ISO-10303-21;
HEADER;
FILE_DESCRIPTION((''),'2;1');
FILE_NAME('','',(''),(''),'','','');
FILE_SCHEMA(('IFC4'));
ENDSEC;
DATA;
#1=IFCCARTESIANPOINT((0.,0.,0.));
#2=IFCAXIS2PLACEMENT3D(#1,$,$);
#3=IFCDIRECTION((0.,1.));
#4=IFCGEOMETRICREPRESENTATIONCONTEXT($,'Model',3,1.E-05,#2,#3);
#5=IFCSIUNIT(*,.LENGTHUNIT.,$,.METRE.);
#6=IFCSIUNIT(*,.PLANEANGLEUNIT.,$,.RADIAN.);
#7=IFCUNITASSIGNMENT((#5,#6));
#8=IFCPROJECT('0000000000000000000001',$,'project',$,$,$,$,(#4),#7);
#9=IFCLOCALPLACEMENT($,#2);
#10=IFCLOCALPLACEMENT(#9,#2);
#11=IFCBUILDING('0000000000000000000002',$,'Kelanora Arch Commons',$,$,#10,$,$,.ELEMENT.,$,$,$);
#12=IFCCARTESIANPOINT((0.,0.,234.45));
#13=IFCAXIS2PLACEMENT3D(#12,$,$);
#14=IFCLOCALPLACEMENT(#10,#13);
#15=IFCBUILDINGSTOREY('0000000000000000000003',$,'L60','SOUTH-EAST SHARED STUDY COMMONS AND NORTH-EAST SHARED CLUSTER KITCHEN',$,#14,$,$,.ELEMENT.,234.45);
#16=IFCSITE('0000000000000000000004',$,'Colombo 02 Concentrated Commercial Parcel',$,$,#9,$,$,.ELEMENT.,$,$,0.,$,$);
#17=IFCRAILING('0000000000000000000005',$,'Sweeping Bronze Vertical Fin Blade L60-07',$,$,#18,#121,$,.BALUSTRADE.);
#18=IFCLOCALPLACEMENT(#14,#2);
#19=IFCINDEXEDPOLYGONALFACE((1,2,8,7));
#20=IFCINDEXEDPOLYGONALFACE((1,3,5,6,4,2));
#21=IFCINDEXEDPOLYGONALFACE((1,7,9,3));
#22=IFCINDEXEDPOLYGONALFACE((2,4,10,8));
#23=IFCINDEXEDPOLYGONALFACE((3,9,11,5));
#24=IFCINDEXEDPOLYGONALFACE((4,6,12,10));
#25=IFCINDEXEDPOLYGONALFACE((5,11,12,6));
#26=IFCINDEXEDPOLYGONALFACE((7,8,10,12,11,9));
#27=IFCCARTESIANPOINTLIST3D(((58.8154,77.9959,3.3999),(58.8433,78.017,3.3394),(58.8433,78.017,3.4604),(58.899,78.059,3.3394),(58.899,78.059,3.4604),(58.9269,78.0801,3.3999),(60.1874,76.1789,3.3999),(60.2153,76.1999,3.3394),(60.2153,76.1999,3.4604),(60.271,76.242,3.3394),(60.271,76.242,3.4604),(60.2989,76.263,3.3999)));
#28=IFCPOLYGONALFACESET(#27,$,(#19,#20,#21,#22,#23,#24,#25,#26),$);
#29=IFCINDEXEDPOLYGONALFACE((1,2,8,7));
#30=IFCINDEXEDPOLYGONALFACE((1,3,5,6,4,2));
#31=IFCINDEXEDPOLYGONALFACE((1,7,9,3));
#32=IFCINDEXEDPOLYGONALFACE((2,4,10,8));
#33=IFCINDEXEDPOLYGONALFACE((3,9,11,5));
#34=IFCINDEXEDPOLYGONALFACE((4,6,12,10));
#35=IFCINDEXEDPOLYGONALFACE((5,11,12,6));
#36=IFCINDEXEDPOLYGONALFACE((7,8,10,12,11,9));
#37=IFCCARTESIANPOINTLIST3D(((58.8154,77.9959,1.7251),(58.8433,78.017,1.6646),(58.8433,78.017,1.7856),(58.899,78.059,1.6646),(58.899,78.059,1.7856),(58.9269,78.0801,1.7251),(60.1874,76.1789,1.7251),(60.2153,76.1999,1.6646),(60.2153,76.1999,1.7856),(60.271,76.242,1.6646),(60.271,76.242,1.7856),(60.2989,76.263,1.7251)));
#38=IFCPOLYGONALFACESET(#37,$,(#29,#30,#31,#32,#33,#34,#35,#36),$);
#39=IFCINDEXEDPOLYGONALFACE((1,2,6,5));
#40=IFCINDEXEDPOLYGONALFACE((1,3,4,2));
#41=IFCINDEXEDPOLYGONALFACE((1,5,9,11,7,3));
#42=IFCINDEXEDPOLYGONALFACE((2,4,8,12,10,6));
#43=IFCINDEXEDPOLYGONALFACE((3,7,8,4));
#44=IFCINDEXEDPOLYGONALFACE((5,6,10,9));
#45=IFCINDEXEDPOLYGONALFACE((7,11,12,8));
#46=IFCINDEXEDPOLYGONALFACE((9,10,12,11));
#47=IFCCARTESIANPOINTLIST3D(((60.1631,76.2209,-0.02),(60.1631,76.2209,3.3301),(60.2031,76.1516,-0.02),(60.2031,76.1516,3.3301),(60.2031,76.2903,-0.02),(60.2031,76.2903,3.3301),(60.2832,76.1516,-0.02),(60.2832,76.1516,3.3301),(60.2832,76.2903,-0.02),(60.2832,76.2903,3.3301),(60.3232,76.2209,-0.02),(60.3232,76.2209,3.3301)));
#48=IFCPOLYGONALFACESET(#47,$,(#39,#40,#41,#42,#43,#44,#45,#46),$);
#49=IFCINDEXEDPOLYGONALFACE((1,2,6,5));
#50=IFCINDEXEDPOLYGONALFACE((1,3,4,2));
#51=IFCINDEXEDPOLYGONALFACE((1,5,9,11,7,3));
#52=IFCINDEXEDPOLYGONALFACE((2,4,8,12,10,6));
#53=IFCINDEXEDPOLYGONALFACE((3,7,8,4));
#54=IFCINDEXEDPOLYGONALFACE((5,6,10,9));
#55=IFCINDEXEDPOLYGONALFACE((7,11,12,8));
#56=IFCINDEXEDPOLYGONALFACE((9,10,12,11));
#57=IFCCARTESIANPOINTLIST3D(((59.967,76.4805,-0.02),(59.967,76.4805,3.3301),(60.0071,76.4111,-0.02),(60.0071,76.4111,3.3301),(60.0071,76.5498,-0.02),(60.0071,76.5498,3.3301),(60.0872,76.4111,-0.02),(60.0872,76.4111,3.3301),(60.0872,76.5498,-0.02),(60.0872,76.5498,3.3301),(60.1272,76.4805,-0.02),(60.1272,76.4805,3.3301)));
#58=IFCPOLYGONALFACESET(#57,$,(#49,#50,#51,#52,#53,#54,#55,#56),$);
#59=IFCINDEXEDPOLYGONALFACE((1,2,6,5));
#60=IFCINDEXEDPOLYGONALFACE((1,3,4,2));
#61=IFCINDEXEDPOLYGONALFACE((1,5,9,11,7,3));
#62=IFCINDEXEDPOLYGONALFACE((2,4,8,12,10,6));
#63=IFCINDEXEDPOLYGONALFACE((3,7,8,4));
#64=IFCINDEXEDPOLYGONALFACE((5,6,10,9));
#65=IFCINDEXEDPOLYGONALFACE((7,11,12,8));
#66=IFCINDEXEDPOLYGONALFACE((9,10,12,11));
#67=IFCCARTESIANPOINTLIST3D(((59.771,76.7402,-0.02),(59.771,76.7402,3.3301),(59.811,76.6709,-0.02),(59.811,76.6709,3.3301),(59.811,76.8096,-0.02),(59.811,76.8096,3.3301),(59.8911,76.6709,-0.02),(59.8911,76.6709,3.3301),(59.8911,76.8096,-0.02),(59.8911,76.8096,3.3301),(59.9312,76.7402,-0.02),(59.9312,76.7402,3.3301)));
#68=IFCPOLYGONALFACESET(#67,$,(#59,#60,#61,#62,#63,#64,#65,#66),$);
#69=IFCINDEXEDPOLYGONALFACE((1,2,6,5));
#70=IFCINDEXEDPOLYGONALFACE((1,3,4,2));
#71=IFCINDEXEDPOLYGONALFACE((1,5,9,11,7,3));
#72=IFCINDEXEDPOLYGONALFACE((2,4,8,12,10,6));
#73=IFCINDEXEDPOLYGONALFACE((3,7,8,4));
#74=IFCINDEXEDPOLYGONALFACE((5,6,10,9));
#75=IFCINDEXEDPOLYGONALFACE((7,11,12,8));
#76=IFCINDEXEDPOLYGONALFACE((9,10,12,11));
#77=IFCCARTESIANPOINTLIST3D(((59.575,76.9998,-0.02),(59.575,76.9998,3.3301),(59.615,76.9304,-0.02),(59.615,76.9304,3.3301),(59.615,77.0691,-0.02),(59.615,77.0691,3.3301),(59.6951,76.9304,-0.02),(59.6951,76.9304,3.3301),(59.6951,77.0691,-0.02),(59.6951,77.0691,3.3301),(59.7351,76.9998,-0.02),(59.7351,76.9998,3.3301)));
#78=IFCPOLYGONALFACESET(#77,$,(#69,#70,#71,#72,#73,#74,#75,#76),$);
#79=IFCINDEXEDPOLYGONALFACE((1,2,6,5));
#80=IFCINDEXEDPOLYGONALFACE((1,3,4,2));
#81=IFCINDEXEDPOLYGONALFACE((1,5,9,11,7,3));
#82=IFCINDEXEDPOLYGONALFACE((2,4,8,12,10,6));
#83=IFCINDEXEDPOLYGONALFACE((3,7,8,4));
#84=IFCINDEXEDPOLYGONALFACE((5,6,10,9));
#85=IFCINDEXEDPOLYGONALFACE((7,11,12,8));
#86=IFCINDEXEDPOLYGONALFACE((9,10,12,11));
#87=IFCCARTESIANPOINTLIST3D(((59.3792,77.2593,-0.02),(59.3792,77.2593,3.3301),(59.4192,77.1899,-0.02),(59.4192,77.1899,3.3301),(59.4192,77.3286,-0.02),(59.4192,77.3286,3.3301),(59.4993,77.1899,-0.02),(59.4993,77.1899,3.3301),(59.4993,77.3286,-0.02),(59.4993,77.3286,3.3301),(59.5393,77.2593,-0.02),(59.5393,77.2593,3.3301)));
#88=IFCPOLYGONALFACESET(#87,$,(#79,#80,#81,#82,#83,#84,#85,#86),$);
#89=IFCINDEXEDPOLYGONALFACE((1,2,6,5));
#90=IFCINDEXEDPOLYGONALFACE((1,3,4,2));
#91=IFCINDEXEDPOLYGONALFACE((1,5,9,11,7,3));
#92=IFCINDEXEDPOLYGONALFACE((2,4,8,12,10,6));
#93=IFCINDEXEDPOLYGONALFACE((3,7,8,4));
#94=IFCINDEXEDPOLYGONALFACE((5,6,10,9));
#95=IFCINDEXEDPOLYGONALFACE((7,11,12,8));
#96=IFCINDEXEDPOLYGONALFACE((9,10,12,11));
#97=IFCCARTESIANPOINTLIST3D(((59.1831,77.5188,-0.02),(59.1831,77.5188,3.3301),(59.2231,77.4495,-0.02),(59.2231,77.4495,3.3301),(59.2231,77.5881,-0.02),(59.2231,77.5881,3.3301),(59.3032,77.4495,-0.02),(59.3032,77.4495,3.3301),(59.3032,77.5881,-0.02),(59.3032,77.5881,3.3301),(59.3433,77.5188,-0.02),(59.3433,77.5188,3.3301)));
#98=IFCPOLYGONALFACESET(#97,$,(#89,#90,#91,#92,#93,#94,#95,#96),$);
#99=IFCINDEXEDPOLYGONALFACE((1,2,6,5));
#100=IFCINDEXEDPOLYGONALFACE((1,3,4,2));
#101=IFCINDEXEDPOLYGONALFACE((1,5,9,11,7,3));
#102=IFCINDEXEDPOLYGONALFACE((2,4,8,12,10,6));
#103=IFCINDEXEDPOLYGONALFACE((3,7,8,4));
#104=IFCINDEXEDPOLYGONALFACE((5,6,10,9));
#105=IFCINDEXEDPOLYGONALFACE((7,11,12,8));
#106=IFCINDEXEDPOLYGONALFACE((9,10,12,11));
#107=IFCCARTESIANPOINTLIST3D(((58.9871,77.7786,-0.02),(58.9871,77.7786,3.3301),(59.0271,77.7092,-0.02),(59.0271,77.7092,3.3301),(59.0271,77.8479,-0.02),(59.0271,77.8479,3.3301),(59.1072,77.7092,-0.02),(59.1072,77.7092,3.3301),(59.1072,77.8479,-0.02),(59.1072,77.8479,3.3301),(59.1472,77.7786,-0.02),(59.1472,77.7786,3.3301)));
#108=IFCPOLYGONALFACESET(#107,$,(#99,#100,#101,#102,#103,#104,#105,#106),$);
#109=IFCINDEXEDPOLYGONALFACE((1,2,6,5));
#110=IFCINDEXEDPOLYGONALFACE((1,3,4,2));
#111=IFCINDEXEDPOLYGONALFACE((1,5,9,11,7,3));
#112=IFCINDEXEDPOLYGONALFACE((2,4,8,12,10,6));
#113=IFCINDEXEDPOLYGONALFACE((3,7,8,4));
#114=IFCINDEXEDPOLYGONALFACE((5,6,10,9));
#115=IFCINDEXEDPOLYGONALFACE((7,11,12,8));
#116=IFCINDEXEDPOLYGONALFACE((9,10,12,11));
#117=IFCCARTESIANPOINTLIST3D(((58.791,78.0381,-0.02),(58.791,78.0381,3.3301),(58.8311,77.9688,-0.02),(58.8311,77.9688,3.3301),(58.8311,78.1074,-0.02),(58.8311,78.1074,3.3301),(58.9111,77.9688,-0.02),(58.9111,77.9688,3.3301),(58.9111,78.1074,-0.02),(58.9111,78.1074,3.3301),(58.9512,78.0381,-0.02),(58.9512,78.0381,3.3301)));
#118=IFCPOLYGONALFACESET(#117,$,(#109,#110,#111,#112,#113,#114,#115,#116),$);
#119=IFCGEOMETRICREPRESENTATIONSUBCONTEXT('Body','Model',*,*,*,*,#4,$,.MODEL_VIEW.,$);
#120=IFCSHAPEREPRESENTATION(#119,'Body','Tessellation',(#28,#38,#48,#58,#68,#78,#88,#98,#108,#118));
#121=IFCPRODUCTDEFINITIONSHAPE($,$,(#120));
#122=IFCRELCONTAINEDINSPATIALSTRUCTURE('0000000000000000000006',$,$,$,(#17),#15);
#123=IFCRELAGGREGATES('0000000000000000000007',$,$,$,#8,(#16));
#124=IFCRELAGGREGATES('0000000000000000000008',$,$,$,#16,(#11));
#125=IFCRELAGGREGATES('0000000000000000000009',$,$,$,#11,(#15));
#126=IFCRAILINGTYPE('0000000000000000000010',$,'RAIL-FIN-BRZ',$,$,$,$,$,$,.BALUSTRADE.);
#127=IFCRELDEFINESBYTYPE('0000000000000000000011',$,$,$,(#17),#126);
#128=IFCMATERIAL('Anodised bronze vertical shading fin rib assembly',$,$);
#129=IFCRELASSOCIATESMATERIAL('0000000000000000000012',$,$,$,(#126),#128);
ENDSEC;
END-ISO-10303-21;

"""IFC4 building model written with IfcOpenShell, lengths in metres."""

from ifc_helpers import new_model, si_unit, direction, frame, origin, place, context, subcontext, project, spatial, polyline, outline, extrude, material, type_object, element, save


model = new_model("IFC4")

# Units and contexts
model_context = context("Model", 3, precision=1e-05, world=origin(), true_north=direction((0.0, 1.0)))
body_context = subcontext(model_context, "Body", "Model", "MODEL_VIEW")
ifc_project = project(units=[si_unit("LENGTHUNIT", "METRE"), si_unit("PLANEANGLEUNIT", "RADIAN")], contexts=[model_context])

# Site, building, storey
site_placement = place(None, origin())
site = spatial("IfcSite", under=ifc_project, at=site_placement, Name="Colombo 02 Concentrated Commercial Parcel", CompositionType="ELEMENT", RefElevation=0.0)
building_placement = place(site_placement, origin())
building = spatial("IfcBuilding", under=site, at=building_placement, Name="Kelanora Arch Commons", CompositionType="ELEMENT")
storey_placement = place(building_placement, frame((0.0, 0.0, 234.45)))
storey = spatial("IfcBuildingStorey", under=building, at=storey_placement, Name="L60", Description="SOUTH-EAST SHARED STUDY COMMONS AND NORTH-EAST SHARED CLUSTER KITCHEN", CompositionType="ELEMENT", Elevation=234.45)

# Railing
ifc_material_1 = material(Name="Anodised bronze vertical shading fin rib assembly")
railing_type = type_object("IfcRailingType", Name="RAIL-FIN-BRZ", PredefinedType="BALUSTRADE", material=ifc_material_1)
railing_1_placement = place(storey_placement, frame((60.2432, 76.2209, -0.02)))
element("IfcRailing", 1, at=railing_1_placement, inside=storey, type_object=railing_type, Name="Sweeping Bronze Vertical Fin Blade L60-07", PredefinedType="BALUSTRADE", context=body_context, shape_type="SweptSolid", body=[
    extrude(outline(polyline([(0.0698, 0.0), (0.0349, 0.0605), (-0.0349, 0.0605), (-0.0698, 0.0), (-0.0349, -0.0605), (0.0349, -0.0605), (0.0698, 0.0)])), frame((0.0, 0.0, 3.4199), z_axis=(-0.602587, 0.798053, 0.0), x_axis=(-0.798053, -0.602587, 0.0)), (0.0, 0.0, 1.0), 2.2769),
    extrude(outline(polyline([(0.0698, 0.0), (0.0349, 0.0605), (-0.0349, 0.0605), (-0.0698, 0.0), (-0.0349, -0.0605), (0.0349, -0.0605), (0.0698, 0.0)])), frame((0.0, 0.0, 1.7451), z_axis=(-0.602587, 0.798053, 0.0), x_axis=(-0.798053, -0.602587, 0.0)), (0.0, 0.0, 1.0), 2.2769),
    extrude(outline(polyline([(0.0801, 0.0), (0.04, 0.0693), (-0.04, 0.0693), (-0.0801, 0.0), (-0.04, -0.0693), (0.04, -0.0693), (0.0801, 0.0)])), origin(), (0.0, 0.0, 1.0), 3.3501),
    extrude(outline(polyline([(0.0801, 0.0), (0.04, 0.0693), (-0.04, 0.0693), (-0.0801, 0.0), (-0.04, -0.0693), (0.04, -0.0693), (0.0801, 0.0)])), frame((-0.196, 0.2595, 0.0)), (0.0, 0.0, 1.0), 3.3501),
    extrude(outline(polyline([(0.0801, 0.0), (0.04, 0.0693), (-0.04, 0.0693), (-0.0801, 0.0), (-0.04, -0.0693), (0.04, -0.0693), (0.0801, 0.0)])), frame((-0.3921, 0.5193, 0.0)), (0.0, 0.0, 1.0), 3.3501),
    extrude(outline(polyline([(0.0801, 0.0), (0.04, 0.0693), (-0.04, 0.0693), (-0.0801, 0.0), (-0.04, -0.0693), (0.04, -0.0693), (0.0801, 0.0)])), frame((-0.5881, 0.7788, 0.0)), (0.0, 0.0, 1.0), 3.3501),
    extrude(outline(polyline([(0.0801, 0.0), (0.04, 0.0693), (-0.04, 0.0693), (-0.0801, 0.0), (-0.04, -0.0693), (0.04, -0.0693), (0.0801, 0.0)])), frame((-0.7839, 1.0383, 0.0)), (0.0, 0.0, 1.0), 3.3501),
    extrude(outline(polyline([(0.0801, 0.0), (0.04, 0.0693), (-0.04, 0.0693), (-0.0801, 0.0), (-0.04, -0.0693), (0.04, -0.0693), (0.0801, 0.0)])), frame((-0.98, 1.2979, 0.0)), (0.0, 0.0, 1.0), 3.3501),
    extrude(outline(polyline([(0.0801, 0.0), (0.04, 0.0693), (-0.04, 0.0693), (-0.0801, 0.0), (-0.04, -0.0693), (0.04, -0.0693), (0.0801, 0.0)])), frame((-1.176, 1.5576, 0.0)), (0.0, 0.0, 1.0), 3.3501),
    extrude(outline(polyline([(0.0801, 0.0), (0.04, 0.0693), (-0.04, 0.0693), (-0.0801, 0.0), (-0.04, -0.0693), (0.04, -0.0693), (0.0801, 0.0)])), frame((-1.3721, 1.8171, 0.0)), (0.0, 0.0, 1.0), 3.3501),
])

save(model, "model.ifc")
